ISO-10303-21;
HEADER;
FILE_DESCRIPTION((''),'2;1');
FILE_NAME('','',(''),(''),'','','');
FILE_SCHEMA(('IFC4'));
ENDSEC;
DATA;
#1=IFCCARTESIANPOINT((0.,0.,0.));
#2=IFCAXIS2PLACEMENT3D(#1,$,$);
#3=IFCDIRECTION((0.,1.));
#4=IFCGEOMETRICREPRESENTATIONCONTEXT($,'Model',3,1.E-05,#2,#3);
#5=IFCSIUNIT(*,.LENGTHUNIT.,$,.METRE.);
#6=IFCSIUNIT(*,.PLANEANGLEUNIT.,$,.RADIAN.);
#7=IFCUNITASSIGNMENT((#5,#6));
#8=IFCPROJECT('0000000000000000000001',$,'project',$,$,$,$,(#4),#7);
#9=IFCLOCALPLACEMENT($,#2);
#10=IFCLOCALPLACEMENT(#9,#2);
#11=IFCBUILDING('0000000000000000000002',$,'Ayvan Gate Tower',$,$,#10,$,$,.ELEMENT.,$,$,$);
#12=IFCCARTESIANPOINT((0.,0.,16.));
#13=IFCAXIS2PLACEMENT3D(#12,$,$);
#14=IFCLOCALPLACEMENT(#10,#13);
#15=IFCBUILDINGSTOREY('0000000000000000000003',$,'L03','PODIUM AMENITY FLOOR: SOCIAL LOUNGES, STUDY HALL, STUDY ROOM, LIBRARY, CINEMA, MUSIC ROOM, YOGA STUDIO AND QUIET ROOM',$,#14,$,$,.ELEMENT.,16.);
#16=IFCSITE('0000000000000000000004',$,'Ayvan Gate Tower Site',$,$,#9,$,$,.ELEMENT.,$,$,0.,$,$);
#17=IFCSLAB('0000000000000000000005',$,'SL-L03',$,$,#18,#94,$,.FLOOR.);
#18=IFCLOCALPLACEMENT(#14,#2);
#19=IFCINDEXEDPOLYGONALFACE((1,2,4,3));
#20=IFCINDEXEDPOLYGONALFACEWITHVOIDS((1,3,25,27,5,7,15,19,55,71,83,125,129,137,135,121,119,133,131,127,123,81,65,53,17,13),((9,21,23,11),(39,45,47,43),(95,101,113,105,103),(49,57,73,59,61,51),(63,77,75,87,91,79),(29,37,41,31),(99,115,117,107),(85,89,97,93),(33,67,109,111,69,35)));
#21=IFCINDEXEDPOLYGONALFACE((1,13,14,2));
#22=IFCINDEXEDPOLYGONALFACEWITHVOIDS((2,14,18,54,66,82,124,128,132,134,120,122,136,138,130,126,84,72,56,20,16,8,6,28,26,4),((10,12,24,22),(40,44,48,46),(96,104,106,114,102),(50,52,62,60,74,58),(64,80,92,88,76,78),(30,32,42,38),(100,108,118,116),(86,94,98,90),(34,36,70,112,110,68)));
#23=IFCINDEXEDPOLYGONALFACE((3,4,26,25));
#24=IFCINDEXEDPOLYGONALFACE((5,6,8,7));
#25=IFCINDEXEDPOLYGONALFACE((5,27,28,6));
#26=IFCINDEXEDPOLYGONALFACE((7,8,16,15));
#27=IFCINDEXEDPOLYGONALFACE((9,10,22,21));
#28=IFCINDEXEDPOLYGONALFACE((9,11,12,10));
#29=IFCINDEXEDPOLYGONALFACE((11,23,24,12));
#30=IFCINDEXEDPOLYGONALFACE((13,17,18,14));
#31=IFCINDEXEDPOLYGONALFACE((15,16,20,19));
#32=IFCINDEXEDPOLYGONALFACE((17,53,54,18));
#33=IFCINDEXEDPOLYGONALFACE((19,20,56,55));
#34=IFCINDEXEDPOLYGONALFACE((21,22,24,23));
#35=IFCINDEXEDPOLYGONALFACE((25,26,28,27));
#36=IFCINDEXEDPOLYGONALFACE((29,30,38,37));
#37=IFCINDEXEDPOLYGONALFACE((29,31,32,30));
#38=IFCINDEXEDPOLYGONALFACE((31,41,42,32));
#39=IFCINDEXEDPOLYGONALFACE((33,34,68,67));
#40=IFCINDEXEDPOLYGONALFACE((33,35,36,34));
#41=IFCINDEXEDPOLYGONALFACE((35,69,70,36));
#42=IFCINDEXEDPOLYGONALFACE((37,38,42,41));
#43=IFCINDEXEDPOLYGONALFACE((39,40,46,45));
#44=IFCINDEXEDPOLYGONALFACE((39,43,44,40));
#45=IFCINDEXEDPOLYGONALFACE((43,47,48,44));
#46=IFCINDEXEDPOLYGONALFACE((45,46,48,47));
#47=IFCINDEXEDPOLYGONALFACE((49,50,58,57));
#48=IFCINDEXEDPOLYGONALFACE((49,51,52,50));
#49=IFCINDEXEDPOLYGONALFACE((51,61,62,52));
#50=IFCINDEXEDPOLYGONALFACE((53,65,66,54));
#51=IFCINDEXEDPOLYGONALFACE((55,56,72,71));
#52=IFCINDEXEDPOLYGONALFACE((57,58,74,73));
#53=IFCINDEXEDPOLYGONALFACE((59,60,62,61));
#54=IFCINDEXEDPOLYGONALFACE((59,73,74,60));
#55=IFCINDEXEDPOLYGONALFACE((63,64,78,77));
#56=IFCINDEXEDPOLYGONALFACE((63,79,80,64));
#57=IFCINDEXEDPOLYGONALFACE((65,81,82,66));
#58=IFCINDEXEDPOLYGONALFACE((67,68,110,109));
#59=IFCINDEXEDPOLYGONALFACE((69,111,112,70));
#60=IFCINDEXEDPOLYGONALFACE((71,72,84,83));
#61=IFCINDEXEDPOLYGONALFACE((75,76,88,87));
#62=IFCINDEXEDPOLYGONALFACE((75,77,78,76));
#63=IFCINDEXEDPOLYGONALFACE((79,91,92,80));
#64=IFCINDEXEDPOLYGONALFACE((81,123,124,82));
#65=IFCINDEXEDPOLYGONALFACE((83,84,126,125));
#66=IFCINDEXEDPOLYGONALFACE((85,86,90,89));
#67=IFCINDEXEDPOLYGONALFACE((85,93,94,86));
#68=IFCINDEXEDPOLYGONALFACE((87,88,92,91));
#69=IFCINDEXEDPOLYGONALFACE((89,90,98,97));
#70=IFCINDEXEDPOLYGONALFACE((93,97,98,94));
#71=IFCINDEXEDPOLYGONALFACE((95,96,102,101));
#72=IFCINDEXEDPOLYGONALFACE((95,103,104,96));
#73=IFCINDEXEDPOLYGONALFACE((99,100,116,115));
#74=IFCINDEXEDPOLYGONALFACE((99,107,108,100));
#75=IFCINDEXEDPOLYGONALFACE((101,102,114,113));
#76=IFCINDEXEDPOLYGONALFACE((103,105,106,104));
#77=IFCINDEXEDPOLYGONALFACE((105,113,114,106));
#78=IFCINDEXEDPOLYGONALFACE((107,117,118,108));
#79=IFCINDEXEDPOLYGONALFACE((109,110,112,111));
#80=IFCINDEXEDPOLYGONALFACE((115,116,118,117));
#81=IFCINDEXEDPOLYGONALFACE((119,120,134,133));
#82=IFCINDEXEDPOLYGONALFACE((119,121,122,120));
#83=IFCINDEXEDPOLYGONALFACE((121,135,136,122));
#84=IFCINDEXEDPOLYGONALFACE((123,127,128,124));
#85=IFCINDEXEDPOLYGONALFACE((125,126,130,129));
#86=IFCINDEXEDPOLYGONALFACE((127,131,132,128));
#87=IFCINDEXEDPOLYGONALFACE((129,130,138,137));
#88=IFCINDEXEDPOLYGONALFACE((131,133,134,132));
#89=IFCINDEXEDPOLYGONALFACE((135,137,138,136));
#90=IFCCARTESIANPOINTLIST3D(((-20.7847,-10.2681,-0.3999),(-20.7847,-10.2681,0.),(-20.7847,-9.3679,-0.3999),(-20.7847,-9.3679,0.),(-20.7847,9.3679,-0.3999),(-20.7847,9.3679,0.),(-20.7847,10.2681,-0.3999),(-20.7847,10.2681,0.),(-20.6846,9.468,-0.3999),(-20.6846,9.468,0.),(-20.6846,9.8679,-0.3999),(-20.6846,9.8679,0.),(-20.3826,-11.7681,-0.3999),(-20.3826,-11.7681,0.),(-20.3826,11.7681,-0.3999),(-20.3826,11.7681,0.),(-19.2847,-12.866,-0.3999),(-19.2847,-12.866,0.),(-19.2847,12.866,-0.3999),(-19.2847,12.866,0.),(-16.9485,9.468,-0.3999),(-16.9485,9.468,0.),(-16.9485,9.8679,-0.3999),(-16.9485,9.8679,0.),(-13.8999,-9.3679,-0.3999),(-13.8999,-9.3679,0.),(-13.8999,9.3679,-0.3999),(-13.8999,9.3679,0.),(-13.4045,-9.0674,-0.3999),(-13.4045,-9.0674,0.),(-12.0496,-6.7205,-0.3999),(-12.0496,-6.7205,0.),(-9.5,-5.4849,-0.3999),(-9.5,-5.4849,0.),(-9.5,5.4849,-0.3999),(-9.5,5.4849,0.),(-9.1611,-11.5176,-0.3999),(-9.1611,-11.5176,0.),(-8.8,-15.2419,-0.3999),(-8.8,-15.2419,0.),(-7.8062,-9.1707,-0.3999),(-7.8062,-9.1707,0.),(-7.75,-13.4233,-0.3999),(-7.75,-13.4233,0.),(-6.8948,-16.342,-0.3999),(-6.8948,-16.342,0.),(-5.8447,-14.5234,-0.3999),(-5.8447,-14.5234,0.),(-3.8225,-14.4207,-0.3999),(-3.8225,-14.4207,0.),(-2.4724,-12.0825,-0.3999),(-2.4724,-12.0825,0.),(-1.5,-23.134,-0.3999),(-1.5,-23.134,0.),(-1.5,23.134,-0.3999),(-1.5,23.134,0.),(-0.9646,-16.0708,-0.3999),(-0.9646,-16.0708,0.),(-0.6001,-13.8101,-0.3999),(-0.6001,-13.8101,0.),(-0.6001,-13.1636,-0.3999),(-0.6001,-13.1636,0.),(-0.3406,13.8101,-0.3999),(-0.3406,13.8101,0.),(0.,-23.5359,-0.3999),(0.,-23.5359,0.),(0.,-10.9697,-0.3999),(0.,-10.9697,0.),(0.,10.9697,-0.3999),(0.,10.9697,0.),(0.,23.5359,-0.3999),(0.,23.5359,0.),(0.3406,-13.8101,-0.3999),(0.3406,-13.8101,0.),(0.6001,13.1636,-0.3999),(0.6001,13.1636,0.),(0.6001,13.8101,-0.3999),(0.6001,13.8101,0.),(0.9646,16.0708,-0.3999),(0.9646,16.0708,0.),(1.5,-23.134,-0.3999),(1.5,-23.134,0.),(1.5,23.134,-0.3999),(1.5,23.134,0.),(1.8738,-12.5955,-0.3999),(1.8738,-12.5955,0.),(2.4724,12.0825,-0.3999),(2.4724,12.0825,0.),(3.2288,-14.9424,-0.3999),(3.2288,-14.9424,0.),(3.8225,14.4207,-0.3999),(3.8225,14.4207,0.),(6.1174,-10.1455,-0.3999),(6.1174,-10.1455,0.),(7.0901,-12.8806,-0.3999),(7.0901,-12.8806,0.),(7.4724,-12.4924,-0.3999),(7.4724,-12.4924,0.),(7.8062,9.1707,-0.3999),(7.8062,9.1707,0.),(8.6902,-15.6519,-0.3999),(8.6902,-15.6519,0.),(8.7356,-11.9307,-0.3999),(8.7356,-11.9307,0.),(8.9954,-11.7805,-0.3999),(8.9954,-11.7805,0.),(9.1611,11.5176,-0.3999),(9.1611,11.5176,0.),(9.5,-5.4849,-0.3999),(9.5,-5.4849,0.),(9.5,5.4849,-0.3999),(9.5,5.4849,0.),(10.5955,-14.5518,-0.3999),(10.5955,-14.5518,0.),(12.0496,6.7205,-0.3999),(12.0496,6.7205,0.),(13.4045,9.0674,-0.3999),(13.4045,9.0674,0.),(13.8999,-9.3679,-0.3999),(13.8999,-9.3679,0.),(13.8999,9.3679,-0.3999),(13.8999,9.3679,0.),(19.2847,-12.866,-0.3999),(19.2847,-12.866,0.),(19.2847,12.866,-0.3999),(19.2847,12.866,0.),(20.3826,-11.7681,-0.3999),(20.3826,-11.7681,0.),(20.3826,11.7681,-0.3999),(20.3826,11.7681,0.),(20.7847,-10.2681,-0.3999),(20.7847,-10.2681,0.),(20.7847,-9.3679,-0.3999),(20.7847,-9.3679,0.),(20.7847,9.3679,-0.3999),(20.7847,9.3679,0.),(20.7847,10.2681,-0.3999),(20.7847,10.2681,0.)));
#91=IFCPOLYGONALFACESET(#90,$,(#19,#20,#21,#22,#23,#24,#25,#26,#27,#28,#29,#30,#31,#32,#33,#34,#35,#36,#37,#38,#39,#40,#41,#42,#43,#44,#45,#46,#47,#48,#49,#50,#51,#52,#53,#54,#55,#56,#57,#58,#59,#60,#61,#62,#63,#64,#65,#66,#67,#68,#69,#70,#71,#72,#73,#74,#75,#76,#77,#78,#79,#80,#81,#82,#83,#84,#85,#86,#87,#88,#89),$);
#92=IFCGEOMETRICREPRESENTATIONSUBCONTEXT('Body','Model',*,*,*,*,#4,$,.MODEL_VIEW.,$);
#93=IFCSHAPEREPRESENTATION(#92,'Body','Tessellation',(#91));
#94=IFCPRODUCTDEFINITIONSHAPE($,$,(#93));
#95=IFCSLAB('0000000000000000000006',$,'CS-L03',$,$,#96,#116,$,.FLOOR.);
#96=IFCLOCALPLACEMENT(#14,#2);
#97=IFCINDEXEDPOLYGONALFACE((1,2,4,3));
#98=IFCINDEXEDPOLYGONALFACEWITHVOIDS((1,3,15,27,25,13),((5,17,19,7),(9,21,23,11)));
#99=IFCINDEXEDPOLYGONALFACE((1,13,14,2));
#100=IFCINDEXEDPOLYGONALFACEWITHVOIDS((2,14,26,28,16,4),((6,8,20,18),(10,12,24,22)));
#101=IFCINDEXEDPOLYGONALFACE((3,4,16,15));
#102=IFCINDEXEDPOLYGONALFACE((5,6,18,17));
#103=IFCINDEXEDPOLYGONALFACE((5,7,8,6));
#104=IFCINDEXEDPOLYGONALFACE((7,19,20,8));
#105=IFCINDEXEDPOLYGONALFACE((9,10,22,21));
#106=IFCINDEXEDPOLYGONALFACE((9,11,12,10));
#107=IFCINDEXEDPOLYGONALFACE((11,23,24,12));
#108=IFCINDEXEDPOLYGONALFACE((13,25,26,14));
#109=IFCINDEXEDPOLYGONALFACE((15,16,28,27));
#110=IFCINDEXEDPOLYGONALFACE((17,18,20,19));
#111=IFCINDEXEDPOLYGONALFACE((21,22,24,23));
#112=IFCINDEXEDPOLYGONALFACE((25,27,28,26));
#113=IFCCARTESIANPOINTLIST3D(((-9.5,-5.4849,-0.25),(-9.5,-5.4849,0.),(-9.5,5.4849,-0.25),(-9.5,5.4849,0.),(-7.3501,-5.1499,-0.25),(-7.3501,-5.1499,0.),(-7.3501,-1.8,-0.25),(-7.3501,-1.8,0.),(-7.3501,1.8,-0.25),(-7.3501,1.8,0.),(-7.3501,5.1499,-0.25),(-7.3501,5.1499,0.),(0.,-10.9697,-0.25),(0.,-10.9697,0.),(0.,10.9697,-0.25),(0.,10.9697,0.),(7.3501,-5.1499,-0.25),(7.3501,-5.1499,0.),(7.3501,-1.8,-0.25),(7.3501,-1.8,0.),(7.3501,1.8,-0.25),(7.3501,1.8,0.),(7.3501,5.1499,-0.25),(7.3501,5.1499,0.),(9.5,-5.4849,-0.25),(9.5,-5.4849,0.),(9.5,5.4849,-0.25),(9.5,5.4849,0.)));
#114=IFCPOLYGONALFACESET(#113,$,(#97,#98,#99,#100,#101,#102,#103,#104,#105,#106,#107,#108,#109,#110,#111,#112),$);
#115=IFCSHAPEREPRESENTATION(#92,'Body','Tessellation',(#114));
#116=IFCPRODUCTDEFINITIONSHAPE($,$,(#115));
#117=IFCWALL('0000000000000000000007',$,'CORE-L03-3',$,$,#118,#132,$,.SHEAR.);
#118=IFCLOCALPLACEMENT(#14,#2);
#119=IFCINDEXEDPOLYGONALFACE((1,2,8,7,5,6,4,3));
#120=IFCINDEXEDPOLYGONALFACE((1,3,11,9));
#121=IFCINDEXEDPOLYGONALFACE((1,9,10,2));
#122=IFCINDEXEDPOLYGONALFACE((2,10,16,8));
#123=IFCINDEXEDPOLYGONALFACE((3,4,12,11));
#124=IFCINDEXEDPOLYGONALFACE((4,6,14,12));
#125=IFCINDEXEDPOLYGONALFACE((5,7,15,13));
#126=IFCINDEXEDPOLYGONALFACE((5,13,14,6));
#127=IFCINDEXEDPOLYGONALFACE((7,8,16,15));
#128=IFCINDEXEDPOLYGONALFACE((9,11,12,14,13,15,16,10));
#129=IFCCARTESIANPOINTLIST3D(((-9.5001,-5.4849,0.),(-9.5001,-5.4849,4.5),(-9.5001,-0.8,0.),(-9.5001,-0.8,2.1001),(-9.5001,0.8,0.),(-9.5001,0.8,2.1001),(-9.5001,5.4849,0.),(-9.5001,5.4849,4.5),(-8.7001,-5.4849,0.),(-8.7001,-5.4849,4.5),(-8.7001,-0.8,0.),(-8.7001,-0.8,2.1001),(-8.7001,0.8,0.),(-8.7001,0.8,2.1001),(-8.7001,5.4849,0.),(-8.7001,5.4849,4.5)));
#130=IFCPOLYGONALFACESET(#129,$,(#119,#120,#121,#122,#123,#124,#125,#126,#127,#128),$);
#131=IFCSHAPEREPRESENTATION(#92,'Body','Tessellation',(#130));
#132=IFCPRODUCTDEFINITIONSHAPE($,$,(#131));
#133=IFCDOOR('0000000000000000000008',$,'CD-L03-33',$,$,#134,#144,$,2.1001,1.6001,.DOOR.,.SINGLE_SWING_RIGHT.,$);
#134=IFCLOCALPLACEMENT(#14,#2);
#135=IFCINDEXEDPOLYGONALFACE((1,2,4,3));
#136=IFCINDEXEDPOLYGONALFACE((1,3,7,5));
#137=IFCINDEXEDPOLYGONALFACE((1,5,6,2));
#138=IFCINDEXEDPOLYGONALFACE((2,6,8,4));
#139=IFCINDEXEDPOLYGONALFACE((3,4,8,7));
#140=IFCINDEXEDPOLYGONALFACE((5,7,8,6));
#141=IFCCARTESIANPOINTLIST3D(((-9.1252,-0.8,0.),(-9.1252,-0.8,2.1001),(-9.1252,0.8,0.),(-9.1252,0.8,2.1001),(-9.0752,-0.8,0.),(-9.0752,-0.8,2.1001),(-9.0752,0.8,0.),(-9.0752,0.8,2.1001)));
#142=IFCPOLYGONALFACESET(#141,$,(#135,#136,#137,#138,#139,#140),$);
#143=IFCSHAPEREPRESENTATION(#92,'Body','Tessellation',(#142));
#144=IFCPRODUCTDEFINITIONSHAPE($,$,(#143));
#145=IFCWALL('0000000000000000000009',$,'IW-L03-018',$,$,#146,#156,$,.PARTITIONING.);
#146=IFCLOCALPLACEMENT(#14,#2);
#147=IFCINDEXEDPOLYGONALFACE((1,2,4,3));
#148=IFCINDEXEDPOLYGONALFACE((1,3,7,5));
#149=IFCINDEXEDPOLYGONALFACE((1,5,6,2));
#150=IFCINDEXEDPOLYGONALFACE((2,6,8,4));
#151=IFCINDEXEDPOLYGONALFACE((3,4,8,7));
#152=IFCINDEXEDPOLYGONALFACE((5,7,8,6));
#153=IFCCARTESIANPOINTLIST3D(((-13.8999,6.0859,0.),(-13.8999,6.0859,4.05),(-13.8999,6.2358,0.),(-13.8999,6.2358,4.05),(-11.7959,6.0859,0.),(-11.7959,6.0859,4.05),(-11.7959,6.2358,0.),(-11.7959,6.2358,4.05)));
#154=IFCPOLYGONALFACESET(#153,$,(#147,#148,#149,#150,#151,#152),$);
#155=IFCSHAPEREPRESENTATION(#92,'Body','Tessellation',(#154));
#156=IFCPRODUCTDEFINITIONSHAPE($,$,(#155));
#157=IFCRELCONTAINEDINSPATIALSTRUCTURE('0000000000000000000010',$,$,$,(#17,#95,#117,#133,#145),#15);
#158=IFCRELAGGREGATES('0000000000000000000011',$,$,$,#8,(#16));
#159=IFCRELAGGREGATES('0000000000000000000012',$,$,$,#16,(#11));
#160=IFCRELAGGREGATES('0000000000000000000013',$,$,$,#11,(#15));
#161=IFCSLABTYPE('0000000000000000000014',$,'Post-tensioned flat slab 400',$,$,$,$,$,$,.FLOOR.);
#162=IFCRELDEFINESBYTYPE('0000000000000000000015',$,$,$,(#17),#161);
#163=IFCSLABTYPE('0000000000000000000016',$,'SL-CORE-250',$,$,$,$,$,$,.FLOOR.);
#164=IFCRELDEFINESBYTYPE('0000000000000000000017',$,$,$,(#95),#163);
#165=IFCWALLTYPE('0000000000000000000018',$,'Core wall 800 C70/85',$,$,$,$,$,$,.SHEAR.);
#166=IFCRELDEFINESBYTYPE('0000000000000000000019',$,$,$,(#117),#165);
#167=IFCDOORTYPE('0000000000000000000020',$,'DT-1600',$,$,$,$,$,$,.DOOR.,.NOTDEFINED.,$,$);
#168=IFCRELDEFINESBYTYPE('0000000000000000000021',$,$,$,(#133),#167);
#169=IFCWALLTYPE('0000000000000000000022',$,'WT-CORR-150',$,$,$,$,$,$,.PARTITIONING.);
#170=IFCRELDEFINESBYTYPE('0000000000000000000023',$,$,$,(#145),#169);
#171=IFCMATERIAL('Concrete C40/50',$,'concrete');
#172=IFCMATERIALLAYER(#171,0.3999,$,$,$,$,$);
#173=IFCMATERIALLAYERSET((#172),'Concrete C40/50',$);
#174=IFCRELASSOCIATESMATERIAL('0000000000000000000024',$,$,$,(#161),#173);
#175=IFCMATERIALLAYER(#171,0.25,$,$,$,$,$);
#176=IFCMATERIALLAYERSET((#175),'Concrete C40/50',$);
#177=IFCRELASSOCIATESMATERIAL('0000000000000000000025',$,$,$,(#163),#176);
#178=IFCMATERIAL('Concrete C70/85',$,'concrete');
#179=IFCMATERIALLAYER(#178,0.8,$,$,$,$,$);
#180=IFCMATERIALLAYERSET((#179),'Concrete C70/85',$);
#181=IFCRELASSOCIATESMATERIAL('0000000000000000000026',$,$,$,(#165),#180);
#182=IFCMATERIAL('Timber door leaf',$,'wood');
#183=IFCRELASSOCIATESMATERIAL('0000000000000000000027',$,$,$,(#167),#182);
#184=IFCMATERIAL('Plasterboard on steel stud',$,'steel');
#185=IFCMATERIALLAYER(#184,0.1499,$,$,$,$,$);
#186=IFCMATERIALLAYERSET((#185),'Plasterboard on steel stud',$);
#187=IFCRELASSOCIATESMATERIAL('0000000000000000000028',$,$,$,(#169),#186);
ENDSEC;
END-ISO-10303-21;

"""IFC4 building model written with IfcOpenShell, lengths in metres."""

from ifc_helpers import new_model, si_unit, direction, frame, frame_2d, origin, place, context, subcontext, project, spatial, polyline, rectangle, outline, extrude, material, layer, layer_set, type_object, element, fill, save


model = new_model("IFC4")

# Units and contexts
model_context = context("Model", 3, precision=1e-05, world=origin(), true_north=direction((0.0, 1.0)))
body_context = subcontext(model_context, "Body", "Model", "MODEL_VIEW")
ifc_project = project(units=[si_unit("LENGTHUNIT", "METRE"), si_unit("PLANEANGLEUNIT", "RADIAN")], contexts=[model_context])

# Site, building, storey
site_placement = place(None, origin())
site = spatial("IfcSite", under=ifc_project, at=site_placement, Name="Ayvan Gate Tower Site", CompositionType="ELEMENT", RefElevation=0.0)
building_placement = place(site_placement, origin())
building = spatial("IfcBuilding", under=site, at=building_placement, Name="Ayvan Gate Tower", CompositionType="ELEMENT")
storey_placement = place(building_placement, frame((0.0, 0.0, 16.0)))
storey = spatial("IfcBuildingStorey", under=building, at=storey_placement, Name="L03", Description="PODIUM AMENITY FLOOR: SOCIAL LOUNGES, STUDY HALL, STUDY ROOM, LIBRARY, CINEMA, MUSIC ROOM, YOGA STUDIO AND QUIET ROOM", CompositionType="ELEMENT", Elevation=16.0)

# Slabs
ifc_material_1 = material(Name="Concrete C40/50", Category="concrete")
ifc_layer_1 = layer(ifc_material_1, 0.3999)
ifc_layer_set_1 = layer_set([ifc_layer_1], Name="Concrete C40/50")
slab_type_1 = type_object("IfcSlabType", Name="Post-tensioned flat slab 400", PredefinedType="FLOOR", material=ifc_layer_set_1)
slab_1_placement = place(storey_placement, frame((0.0, 0.0, -0.3999)))
element("IfcSlab", 1, at=slab_1_placement, inside=storey, type_object=slab_type_1, Name="SL-L03", PredefinedType="FLOOR", context=body_context, shape_type="SweptSolid", body=[
    extrude(outline(polyline([(0.0, -23.5359), (-1.5, -23.134), (-19.2847, -12.866), (-20.3826, -11.7681), (-20.7847, -10.2681), (-20.7847, 0.0), (-20.7847, -9.3679), (-13.8999, -9.3679), (-13.8999, 9.3679), (-20.7847, 9.3679), (-20.7847, 10.2681), (-20.3826, 11.7681), (-19.2847, 12.866), (-1.5, 23.134), (0.0, 23.5359), (1.5, 23.134), (19.2847, 12.866), (20.3826, 11.7681), (20.7847, 10.2681), (20.7847, 9.3679), (13.8999, 9.3679), (13.8999, -9.3679), (20.7847, -9.3679), (20.7847, -10.2681), (20.3826, -11.7681), (19.2847, -12.866), (1.5, -23.134), (0.0, -23.5359)]), holes=[polyline([(7.8062, 9.1707), (12.0496, 6.7205), (13.4045, 9.0674), (9.1611, 11.5176), (7.8062, 9.1707)]), polyline([(8.9954, -11.7805), (8.7356, -11.9307), (7.0901, -12.8806), (8.6902, -15.6519), (10.5955, -14.5518), (8.9954, -11.7805)]), polyline([(9.5, -5.4849), (9.5, 5.4849), (0.0, 10.9697), (-9.5, 5.4849), (-9.5, -5.4849), (0.0, -10.9697), (9.5, -5.4849)]), polyline([(6.1174, -10.1455), (1.8738, -12.5955), (3.2288, -14.9424), (7.4724, -12.4924), (6.1174, -10.1455)]), polyline([(0.9646, 16.0708), (-0.3406, 13.8101), (0.6001, 13.8101), (0.6001, 13.1636), (2.4724, 12.0825), (3.8225, 14.4207), (0.9646, 16.0708)]), polyline([(-0.6001, -13.1636), (-2.4724, -12.0825), (-3.8225, -14.4207), (-0.9646, -16.0708), (0.3406, -13.8101), (-0.6001, -13.8101), (-0.6001, -13.1636)]), polyline([(-6.8948, -16.342), (-5.8447, -14.5234), (-7.75, -13.4233), (-8.8, -15.2419), (-6.8948, -16.342)]), polyline([(-13.4045, -9.0674), (-9.1611, -11.5176), (-7.8062, -9.1707), (-12.0496, -6.7205), (-13.4045, -9.0674)]), polyline([(-20.6846, 9.468), (-16.9485, 9.468), (-16.9485, 9.8679), (-20.6846, 9.8679), (-20.6846, 9.468)])]), origin(), (0.0, 0.0, 1.0), 0.3999),
])
ifc_layer_2 = layer(ifc_material_1, 0.25)
ifc_layer_set_2 = layer_set([ifc_layer_2], Name="Concrete C40/50")
slab_type_2 = type_object("IfcSlabType", Name="SL-CORE-250", PredefinedType="FLOOR", material=ifc_layer_set_2)
slab_2_placement = place(storey_placement, frame((0.0, 0.0, -0.25)))
element("IfcSlab", 2, at=slab_2_placement, inside=storey, type_object=slab_type_2, Name="CS-L03", PredefinedType="FLOOR", context=body_context, shape_type="SweptSolid", body=[
    extrude(outline(polyline([(9.5, -5.4849), (0.0, -10.9697), (-9.5, -5.4849), (-9.5, 5.4849), (0.0, 10.9697), (9.5, 5.4849), (9.5, -5.4849)]), holes=[polyline([(-7.3501, -1.8), (-7.3501, -5.1499), (7.3501, -5.1499), (7.3501, -1.8), (-7.3501, -1.8)]), polyline([(-7.3501, 5.1499), (-7.3501, 1.8), (7.3501, 1.8), (7.3501, 5.1499), (-7.3501, 5.1499)])]), origin(), (0.0, 0.0, 1.0), 0.25),
])

# Wall, opening, door
ifc_material_2 = material(Name="Concrete C70/85", Category="concrete")
ifc_layer_3 = layer(ifc_material_2, 0.8)
ifc_layer_set_3 = layer_set([ifc_layer_3], Name="Concrete C70/85")
wall_type_1 = type_object("IfcWallType", Name="Core wall 800 C70/85", PredefinedType="SHEAR", material=ifc_layer_set_3)
wall_1_placement = place(storey_placement, frame((-9.1001, 5.4849, 0.0), z_axis=(0.0, 0.0, 1.0), x_axis=(0.0, -1.0, 0.0)))
wall_1 = element("IfcWall", 3, at=wall_1_placement, inside=storey, type_object=wall_type_1, Name="CORE-L03-3", PredefinedType="SHEAR", context=body_context, shape_type="SweptSolid", body=[
    extrude(rectangle(XDim=10.9697, YDim=0.8, at=frame_2d((5.4849, 0.0))), origin(), (0.0, 0.0, 1.0), 4.5),
])
opening_1_placement = place(wall_1_placement, frame((4.6848, 0.0, 0.0)))
opening_1 = element("IfcOpeningElement", 4, at=opening_1_placement, cuts=wall_1, PredefinedType="OPENING", context=body_context, shape_type="SweptSolid", body=[
    extrude(rectangle(XDim=1.6001, YDim=2.1001, at=frame_2d((0.8, 1.05))), frame((0.0, 0.4099, 0.0), z_axis=(0.0, -1.0, 0.0), x_axis=(1.0, 0.0, 0.0)), (0.0, 0.0, 1.0), 0.8201),
])
ifc_material_3 = material(Name="Timber door leaf", Category="wood")
door_type_1 = type_object("IfcDoorType", Name="DT-1600", OperationType="NOTDEFINED", PredefinedType="DOOR", material=ifc_material_3)
door_1_placement = place(opening_1_placement, origin())
door_1 = element("IfcDoor", 5, at=door_1_placement, inside=storey, type_object=door_type_1, Name="CD-L03-33", OperationType="SINGLE_SWING_RIGHT", OverallHeight=2.1001, OverallWidth=1.6001, PredefinedType="DOOR", context=body_context, shape_type="SweptSolid", body=[
    extrude(rectangle(XDim=1.6001, YDim=2.1001, at=frame_2d((0.8, 1.05))), frame((0.0, 0.0249, 0.0), z_axis=(0.0, -1.0, 0.0), x_axis=(1.0, 0.0, 0.0)), (0.0, 0.0, 1.0), 0.05),
])
fill(opening_1, door_1)

# Wall
ifc_material_4 = material(Name="Plasterboard on steel stud", Category="steel")
ifc_layer_4 = layer(ifc_material_4, 0.1499)
ifc_layer_set_4 = layer_set([ifc_layer_4], Name="Plasterboard on steel stud")
wall_type_2 = type_object("IfcWallType", Name="WT-CORR-150", PredefinedType="PARTITIONING", material=ifc_layer_set_4)
wall_2_placement = place(storey_placement, frame((-11.7959, 6.1609, 0.0), z_axis=(0.0, 0.0, 1.0), x_axis=(-1.0, 0.0, 0.0)))
element("IfcWall", 6, at=wall_2_placement, inside=storey, type_object=wall_type_2, Name="IW-L03-018", PredefinedType="PARTITIONING", context=body_context, shape_type="SweptSolid", body=[
    extrude(rectangle(XDim=2.104, YDim=0.1499, at=frame_2d((1.052, 0.0))), origin(), (0.0, 0.0, 1.0), 4.05),
])

save(model, "model.ifc")
